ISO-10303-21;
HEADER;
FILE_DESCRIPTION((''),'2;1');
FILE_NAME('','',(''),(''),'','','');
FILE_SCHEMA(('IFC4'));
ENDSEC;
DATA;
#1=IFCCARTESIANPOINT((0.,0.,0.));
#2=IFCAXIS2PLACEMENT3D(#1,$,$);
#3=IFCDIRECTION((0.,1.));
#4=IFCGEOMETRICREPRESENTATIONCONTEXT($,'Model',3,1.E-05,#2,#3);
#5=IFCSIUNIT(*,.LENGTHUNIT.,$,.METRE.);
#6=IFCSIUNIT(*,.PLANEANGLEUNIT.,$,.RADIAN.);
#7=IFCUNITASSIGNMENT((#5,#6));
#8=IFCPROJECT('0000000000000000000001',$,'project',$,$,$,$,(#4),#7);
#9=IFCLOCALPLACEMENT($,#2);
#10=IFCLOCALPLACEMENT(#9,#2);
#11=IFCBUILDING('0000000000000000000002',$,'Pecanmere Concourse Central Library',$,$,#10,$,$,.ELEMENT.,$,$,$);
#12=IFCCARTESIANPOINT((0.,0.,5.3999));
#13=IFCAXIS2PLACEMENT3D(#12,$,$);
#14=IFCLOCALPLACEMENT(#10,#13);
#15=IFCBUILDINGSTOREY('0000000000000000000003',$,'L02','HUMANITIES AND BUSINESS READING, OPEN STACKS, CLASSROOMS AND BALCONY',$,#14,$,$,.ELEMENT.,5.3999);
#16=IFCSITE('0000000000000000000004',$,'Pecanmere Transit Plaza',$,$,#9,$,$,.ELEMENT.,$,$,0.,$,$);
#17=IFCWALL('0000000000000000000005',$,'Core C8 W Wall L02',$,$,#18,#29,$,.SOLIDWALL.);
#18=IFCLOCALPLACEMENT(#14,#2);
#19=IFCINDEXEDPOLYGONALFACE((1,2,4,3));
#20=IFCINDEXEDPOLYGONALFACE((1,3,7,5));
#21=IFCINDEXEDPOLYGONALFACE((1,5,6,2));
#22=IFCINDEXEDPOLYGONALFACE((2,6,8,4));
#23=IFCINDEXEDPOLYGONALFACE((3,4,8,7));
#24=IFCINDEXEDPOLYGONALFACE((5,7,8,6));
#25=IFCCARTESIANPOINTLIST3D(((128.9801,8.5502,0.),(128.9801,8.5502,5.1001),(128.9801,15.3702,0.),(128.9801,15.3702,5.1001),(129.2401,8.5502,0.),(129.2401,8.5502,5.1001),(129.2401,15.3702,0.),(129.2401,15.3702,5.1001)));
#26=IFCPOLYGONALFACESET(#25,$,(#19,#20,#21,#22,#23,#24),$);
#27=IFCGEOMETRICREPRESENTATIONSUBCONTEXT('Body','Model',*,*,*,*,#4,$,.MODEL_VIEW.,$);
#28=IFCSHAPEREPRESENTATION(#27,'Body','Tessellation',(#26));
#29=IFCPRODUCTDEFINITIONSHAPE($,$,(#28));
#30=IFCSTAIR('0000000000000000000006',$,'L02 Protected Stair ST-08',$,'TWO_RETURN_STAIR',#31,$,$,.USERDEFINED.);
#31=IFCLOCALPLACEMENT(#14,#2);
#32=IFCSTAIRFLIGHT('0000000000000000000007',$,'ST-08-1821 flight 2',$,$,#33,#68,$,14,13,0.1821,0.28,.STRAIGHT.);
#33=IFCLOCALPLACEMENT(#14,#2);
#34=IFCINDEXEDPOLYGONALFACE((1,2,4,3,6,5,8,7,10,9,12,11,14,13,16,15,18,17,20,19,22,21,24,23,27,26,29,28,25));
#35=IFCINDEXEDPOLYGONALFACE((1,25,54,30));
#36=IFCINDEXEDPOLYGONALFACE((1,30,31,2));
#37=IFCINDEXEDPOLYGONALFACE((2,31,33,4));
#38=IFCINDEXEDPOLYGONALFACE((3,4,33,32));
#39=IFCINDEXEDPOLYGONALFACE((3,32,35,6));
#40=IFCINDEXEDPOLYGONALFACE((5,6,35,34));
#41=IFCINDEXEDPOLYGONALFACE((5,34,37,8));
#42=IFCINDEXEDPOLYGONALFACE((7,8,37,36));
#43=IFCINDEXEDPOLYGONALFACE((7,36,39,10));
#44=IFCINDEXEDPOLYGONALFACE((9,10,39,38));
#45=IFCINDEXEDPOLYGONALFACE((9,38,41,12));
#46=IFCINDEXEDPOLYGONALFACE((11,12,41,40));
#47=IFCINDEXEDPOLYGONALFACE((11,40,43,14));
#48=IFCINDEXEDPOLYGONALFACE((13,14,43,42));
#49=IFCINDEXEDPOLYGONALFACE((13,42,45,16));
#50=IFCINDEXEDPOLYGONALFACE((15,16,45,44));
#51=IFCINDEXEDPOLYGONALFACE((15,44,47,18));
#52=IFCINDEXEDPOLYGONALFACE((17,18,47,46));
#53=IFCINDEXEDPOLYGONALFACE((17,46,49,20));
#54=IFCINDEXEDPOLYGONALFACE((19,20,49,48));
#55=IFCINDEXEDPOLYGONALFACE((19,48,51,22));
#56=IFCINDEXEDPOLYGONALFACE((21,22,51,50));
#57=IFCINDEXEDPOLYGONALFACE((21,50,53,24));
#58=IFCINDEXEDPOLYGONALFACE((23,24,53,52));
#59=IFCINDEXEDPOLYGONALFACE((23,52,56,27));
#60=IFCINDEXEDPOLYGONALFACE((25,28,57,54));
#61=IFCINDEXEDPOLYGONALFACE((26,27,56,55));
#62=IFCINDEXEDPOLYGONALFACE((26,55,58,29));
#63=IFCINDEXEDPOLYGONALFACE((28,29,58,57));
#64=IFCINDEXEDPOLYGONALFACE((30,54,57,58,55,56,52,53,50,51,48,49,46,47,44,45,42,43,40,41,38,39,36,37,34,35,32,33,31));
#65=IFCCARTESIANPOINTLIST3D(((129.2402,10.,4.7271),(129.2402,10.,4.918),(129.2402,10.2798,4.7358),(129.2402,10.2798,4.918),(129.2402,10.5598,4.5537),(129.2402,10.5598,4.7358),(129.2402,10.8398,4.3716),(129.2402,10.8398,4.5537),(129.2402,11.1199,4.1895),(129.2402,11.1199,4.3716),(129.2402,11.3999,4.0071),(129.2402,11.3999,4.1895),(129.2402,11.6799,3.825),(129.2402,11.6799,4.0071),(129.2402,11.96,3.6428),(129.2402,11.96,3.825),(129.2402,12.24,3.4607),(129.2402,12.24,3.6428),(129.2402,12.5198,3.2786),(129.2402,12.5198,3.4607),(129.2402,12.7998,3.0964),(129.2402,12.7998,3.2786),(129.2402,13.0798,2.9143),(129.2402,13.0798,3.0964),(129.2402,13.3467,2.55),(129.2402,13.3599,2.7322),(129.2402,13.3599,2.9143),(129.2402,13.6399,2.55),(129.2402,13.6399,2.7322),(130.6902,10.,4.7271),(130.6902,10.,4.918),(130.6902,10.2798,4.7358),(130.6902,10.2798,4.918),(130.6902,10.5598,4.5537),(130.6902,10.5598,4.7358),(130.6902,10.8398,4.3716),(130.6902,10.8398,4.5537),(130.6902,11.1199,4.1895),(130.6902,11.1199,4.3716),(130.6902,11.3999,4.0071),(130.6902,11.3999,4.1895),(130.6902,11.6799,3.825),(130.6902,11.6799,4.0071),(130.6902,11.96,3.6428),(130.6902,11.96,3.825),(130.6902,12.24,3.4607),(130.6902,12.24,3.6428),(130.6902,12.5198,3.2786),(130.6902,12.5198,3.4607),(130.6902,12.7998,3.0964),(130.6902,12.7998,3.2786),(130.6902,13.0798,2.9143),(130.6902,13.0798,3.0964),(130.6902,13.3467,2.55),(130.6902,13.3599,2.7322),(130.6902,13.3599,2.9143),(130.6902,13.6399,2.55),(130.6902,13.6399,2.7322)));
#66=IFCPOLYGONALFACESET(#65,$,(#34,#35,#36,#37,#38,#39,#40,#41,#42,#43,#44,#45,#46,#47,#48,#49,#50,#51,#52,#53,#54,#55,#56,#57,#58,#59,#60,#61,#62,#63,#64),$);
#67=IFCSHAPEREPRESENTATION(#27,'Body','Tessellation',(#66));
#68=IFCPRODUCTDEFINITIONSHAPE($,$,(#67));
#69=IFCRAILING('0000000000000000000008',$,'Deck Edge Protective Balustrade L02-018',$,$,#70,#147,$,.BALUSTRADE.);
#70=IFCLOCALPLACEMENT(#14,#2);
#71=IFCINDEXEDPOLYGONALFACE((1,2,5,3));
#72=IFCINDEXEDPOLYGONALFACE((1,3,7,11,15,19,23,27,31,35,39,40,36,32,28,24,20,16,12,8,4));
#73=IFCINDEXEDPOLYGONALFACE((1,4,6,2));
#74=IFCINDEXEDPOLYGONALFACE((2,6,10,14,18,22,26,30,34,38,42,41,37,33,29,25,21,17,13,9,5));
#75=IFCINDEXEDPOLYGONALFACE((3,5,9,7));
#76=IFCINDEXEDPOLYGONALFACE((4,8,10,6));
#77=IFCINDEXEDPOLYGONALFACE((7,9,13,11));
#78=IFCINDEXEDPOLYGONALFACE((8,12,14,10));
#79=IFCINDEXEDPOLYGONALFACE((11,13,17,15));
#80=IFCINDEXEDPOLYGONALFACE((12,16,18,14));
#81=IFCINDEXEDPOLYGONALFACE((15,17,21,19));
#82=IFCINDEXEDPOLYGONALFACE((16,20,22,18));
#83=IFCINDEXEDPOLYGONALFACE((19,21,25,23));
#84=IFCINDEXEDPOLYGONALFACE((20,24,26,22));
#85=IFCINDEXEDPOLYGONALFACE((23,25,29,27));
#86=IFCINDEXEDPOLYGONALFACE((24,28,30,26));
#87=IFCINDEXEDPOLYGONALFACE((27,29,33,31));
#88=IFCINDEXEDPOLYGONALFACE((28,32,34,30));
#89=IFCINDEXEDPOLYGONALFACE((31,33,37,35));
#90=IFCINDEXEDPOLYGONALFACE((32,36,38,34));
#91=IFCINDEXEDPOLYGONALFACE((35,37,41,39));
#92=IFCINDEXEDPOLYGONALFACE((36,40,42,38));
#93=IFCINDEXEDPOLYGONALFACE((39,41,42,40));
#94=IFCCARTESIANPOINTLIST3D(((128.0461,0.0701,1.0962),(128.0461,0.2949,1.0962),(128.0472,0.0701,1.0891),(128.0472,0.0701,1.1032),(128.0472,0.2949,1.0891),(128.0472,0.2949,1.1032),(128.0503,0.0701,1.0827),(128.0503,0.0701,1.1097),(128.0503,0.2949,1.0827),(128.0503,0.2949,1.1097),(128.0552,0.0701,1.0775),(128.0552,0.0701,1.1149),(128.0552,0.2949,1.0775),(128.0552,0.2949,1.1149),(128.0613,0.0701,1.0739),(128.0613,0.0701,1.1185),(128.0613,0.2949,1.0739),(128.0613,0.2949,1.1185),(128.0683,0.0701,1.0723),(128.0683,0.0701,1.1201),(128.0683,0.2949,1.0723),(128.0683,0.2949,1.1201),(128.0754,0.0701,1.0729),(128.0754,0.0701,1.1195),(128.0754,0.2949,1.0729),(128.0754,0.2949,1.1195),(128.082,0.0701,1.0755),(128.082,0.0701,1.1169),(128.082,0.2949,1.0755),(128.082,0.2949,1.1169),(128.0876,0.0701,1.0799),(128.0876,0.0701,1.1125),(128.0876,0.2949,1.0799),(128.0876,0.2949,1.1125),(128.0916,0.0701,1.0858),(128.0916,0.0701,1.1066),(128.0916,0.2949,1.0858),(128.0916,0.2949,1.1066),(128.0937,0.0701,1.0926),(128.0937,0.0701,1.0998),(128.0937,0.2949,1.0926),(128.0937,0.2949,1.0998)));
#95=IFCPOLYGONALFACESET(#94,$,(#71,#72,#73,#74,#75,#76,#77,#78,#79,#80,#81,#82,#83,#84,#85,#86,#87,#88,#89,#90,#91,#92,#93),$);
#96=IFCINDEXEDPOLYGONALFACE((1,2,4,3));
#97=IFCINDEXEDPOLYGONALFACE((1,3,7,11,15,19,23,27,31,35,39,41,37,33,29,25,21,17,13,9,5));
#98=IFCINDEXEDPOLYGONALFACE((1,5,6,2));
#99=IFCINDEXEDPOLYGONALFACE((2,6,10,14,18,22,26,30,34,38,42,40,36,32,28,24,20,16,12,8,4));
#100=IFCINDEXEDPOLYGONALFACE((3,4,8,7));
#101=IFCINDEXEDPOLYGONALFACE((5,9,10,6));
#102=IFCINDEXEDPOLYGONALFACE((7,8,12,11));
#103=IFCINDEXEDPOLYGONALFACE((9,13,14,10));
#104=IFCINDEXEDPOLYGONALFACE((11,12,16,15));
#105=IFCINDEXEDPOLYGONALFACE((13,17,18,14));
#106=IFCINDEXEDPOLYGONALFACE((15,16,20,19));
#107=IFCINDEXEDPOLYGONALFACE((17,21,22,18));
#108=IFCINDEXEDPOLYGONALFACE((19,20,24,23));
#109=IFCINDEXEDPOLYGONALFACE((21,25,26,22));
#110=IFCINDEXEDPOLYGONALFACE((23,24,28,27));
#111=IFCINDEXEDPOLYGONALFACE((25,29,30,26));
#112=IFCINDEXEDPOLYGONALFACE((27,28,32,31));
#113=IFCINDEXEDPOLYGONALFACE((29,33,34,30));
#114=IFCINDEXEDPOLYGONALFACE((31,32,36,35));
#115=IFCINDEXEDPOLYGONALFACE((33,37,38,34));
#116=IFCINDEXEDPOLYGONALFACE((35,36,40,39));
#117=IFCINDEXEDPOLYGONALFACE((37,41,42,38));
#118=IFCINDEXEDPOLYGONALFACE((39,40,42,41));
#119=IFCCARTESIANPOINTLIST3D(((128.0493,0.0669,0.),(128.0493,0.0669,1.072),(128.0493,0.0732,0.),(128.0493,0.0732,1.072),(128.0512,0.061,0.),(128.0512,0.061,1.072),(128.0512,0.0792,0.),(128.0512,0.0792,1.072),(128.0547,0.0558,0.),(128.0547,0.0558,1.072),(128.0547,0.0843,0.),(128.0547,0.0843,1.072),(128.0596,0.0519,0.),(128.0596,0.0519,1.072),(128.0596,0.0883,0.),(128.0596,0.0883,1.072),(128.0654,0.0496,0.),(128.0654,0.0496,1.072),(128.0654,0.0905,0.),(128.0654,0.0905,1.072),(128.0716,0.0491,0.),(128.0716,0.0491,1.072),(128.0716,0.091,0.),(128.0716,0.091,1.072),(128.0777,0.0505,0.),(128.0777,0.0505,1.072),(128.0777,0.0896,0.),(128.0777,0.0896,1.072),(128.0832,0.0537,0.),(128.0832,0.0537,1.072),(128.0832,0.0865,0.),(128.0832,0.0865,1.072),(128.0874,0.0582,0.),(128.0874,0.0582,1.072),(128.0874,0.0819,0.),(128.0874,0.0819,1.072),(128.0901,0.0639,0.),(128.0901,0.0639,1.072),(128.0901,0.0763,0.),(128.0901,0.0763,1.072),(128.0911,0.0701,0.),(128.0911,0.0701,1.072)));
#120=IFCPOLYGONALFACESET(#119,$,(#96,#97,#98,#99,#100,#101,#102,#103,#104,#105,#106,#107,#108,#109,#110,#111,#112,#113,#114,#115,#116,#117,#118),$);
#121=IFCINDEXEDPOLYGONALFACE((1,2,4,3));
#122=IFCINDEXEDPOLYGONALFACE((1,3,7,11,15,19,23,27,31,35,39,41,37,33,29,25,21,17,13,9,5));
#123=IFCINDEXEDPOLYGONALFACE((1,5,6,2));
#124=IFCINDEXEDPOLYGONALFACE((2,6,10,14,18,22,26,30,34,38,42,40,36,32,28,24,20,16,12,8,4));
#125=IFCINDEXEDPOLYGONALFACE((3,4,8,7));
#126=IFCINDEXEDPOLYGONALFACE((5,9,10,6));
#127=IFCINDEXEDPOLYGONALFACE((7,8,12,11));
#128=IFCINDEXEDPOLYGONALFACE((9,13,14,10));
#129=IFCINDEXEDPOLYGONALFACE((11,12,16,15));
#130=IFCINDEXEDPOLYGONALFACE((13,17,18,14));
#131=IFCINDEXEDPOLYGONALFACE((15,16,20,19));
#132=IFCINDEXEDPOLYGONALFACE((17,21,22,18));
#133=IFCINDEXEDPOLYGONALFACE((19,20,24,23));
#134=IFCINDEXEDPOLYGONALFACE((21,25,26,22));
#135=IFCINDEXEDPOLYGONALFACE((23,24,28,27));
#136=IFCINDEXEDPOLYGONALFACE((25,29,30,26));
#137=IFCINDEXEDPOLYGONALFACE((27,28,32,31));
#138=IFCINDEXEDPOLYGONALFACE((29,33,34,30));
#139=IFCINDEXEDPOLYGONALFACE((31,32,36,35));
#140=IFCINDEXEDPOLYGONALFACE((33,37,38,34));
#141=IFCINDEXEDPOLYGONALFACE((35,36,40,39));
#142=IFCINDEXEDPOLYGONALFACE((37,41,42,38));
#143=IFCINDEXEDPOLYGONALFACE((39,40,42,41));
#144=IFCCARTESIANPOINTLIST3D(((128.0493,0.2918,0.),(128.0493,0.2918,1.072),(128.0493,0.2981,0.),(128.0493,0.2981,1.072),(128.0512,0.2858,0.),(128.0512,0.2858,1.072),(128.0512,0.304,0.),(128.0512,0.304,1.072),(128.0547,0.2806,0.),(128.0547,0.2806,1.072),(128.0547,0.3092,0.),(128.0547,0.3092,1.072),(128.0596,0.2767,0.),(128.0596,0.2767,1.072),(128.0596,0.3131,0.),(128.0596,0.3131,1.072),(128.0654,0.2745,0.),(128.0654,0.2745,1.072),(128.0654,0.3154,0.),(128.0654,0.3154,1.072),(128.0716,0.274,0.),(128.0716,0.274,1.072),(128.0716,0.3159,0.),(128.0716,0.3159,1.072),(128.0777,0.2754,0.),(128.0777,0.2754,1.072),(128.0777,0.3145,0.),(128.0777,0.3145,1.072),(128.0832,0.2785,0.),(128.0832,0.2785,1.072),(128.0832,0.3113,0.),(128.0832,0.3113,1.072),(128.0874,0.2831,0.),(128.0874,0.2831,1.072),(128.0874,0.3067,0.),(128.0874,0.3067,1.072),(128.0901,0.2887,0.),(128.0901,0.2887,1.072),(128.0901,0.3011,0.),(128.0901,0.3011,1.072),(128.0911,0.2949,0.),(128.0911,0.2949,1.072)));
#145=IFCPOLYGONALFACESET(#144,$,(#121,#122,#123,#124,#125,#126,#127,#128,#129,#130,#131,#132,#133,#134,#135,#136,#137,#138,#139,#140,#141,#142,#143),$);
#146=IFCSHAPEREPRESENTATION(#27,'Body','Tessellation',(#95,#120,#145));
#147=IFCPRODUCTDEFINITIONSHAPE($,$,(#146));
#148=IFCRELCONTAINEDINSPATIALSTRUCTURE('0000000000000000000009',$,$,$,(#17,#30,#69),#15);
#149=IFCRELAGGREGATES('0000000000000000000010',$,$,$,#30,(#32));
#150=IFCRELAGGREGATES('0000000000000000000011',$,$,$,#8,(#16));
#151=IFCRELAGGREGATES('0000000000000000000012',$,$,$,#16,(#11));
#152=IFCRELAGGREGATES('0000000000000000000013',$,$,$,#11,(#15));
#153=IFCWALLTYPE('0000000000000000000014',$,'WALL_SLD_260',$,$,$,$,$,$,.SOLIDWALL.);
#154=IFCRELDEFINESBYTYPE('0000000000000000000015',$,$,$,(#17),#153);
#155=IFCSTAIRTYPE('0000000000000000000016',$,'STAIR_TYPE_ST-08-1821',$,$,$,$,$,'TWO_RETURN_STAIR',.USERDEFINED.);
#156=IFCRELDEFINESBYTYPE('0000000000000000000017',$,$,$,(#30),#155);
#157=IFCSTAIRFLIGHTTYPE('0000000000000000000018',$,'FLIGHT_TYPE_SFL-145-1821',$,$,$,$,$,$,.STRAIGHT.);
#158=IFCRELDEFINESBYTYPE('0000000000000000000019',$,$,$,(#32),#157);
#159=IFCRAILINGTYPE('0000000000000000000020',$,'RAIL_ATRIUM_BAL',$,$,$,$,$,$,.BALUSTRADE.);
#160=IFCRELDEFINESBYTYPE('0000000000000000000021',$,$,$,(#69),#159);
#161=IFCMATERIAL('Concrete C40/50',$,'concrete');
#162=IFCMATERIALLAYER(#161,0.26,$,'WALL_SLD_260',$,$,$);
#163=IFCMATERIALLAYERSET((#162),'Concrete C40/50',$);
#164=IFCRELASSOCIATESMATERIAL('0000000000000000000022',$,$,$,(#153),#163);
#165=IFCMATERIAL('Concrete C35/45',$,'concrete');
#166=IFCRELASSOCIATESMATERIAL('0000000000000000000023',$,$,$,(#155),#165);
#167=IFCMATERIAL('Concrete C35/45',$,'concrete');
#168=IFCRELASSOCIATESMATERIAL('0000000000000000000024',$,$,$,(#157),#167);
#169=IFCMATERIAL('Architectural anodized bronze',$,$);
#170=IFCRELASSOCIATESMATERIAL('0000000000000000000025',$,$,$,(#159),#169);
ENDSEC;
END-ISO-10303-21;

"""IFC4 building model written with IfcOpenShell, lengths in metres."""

from ifc_helpers import new_model, si_unit, direction, frame, frame_2d, origin, origin_2d, place, context, subcontext, project, spatial, polyline, rectangle, circle, outline, extrude, material, layer, layer_set, type_object, element, aggregate, save


model = new_model("IFC4")

# Units and contexts
model_context = context("Model", 3, precision=1e-05, world=origin(), true_north=direction((0.0, 1.0)))
body_context = subcontext(model_context, "Body", "Model", "MODEL_VIEW")
ifc_project = project(units=[si_unit("LENGTHUNIT", "METRE"), si_unit("PLANEANGLEUNIT", "RADIAN")], contexts=[model_context])

# Site, building, storey
site_placement = place(None, origin())
site = spatial("IfcSite", under=ifc_project, at=site_placement, Name="Pecanmere Transit Plaza", CompositionType="ELEMENT", RefElevation=0.0)
building_placement = place(site_placement, origin())
building = spatial("IfcBuilding", under=site, at=building_placement, Name="Pecanmere Concourse Central Library", CompositionType="ELEMENT")
storey_placement = place(building_placement, frame((0.0, 0.0, 5.3999)))
storey = spatial("IfcBuildingStorey", under=building, at=storey_placement, Name="L02", Description="HUMANITIES AND BUSINESS READING, OPEN STACKS, CLASSROOMS AND BALCONY", CompositionType="ELEMENT", Elevation=5.3999)

# Shared definitions
ifc_material_1 = material(Name="Concrete C40/50", Category="concrete")
ifc_layer_1 = layer(ifc_material_1, 0.26, Name="WALL_SLD_260")
ifc_layer_set_1 = layer_set([ifc_layer_1], Name="Concrete C40/50")
wall_type_1 = type_object("IfcWallType", Name="WALL_SLD_260", PredefinedType="SOLIDWALL", material=ifc_layer_set_1)

# Wall
wall_1_placement = place(storey_placement, frame((129.1101, 8.55, 0.0), z_axis=(0.0, 0.0, 1.0), x_axis=(0.0, 1.0, 0.0)))
element("IfcWall", 1, at=wall_1_placement, inside=storey, type_object=wall_type_1, Name="Core C8 W Wall L02", PredefinedType="SOLIDWALL", context=body_context, shape_type="SweptSolid", body=[
    extrude(rectangle(XDim=6.8201, YDim=0.26, at=frame_2d((3.4102, 0.0))), origin(), (0.0, 0.0, 1.0), 5.1001),
])

# Stair, stair flight
ifc_material_2 = material(Name="Concrete C35/45", Category="concrete")
stair_type = type_object("IfcStairType", Name="STAIR_TYPE_ST-08-1821", ElementType="TWO_RETURN_STAIR", PredefinedType="USERDEFINED", material=ifc_material_2)
stair_placement = place(storey_placement, origin())
stair = element("IfcStair", 2, at=stair_placement, inside=storey, type_object=stair_type, Name="L02 Protected Stair ST-08", ObjectType="TWO_RETURN_STAIR", PredefinedType="USERDEFINED")
ifc_material_3 = material(Name="Concrete C35/45", Category="concrete")
stair_flight_type = type_object("IfcStairFlightType", Name="FLIGHT_TYPE_SFL-145-1821", PredefinedType="STRAIGHT", material=ifc_material_3)
stair_flight_placement = place(storey_placement, frame((129.9651, 13.6399, 2.55), z_axis=(0.0, 0.0, 1.0), x_axis=(0.0, -1.0, 0.0)))
stair_flight = element("IfcStairFlight", 3, at=stair_flight_placement, type_object=stair_flight_type, Name="ST-08-1821 flight 2", NumberOfRisers=14, NumberOfTreads=13, PredefinedType="STRAIGHT", RiserHeight=0.1821, TreadLength=0.28, context=body_context, shape_type="SweptSolid", body=[
    extrude(outline(polyline([(0.0, 0.0), (0.0, 0.1821), (0.28, 0.1821), (0.28, 0.3643), (0.5601, 0.3643), (0.5601, 0.5464), (0.8401, 0.5464), (0.8401, 0.7285), (1.1201, 0.7285), (1.1201, 0.9106), (1.3999, 0.9106), (1.3999, 1.0928), (1.6799, 1.0928), (1.6799, 1.2749), (1.96, 1.2749), (1.96, 1.457), (2.24, 1.457), (2.24, 1.6394), (2.52, 1.6394), (2.52, 1.8215), (2.8, 1.8215), (2.8, 2.0037), (3.0801, 2.0037), (3.0801, 2.1858), (3.3601, 2.1858), (3.3601, 2.3679), (3.6399, 2.3679), (3.6399, 2.55), (3.6399, 2.177), (0.2932, 0.0), (0.0, 0.0)])), frame((0.0, 0.7251, 0.0), z_axis=(0.0, -1.0, 0.0), x_axis=(1.0, 0.0, 0.0)), (0.0, 0.0, 1.0), 1.45),
])
aggregate(stair, [stair_flight])

# Railing
ifc_material_4 = material(Name="Architectural anodized bronze")
railing_type_1 = type_object("IfcRailingType", Name="RAIL_ATRIUM_BAL", PredefinedType="BALUSTRADE", material=ifc_material_4)
railing_1_placement = place(storey_placement, frame((128.0701, 0.0701, 0.0)))
element("IfcRailing", 4, at=railing_1_placement, inside=storey, type_object=railing_type_1, Name="Deck Edge Protective Balustrade L02-018", PredefinedType="BALUSTRADE", context=body_context, shape_type="SweptSolid", body=[
    extrude(circle(Radius=0.0239, at=origin_2d()), frame((0.0, 0.0, 1.0962), z_axis=(0.0, 1.0, 0.0), x_axis=(-1.0, 0.0, 0.0)), (0.0, 0.0, 1.0), 0.2249),
    extrude(circle(Radius=0.021, at=origin_2d()), origin(), (0.0, 0.0, 1.0), 1.072),
    extrude(circle(Radius=0.021, at=origin_2d()), frame((0.0, 0.2249, 0.0)), (0.0, 0.0, 1.0), 1.072),
])

save(model, "model.ifc")
